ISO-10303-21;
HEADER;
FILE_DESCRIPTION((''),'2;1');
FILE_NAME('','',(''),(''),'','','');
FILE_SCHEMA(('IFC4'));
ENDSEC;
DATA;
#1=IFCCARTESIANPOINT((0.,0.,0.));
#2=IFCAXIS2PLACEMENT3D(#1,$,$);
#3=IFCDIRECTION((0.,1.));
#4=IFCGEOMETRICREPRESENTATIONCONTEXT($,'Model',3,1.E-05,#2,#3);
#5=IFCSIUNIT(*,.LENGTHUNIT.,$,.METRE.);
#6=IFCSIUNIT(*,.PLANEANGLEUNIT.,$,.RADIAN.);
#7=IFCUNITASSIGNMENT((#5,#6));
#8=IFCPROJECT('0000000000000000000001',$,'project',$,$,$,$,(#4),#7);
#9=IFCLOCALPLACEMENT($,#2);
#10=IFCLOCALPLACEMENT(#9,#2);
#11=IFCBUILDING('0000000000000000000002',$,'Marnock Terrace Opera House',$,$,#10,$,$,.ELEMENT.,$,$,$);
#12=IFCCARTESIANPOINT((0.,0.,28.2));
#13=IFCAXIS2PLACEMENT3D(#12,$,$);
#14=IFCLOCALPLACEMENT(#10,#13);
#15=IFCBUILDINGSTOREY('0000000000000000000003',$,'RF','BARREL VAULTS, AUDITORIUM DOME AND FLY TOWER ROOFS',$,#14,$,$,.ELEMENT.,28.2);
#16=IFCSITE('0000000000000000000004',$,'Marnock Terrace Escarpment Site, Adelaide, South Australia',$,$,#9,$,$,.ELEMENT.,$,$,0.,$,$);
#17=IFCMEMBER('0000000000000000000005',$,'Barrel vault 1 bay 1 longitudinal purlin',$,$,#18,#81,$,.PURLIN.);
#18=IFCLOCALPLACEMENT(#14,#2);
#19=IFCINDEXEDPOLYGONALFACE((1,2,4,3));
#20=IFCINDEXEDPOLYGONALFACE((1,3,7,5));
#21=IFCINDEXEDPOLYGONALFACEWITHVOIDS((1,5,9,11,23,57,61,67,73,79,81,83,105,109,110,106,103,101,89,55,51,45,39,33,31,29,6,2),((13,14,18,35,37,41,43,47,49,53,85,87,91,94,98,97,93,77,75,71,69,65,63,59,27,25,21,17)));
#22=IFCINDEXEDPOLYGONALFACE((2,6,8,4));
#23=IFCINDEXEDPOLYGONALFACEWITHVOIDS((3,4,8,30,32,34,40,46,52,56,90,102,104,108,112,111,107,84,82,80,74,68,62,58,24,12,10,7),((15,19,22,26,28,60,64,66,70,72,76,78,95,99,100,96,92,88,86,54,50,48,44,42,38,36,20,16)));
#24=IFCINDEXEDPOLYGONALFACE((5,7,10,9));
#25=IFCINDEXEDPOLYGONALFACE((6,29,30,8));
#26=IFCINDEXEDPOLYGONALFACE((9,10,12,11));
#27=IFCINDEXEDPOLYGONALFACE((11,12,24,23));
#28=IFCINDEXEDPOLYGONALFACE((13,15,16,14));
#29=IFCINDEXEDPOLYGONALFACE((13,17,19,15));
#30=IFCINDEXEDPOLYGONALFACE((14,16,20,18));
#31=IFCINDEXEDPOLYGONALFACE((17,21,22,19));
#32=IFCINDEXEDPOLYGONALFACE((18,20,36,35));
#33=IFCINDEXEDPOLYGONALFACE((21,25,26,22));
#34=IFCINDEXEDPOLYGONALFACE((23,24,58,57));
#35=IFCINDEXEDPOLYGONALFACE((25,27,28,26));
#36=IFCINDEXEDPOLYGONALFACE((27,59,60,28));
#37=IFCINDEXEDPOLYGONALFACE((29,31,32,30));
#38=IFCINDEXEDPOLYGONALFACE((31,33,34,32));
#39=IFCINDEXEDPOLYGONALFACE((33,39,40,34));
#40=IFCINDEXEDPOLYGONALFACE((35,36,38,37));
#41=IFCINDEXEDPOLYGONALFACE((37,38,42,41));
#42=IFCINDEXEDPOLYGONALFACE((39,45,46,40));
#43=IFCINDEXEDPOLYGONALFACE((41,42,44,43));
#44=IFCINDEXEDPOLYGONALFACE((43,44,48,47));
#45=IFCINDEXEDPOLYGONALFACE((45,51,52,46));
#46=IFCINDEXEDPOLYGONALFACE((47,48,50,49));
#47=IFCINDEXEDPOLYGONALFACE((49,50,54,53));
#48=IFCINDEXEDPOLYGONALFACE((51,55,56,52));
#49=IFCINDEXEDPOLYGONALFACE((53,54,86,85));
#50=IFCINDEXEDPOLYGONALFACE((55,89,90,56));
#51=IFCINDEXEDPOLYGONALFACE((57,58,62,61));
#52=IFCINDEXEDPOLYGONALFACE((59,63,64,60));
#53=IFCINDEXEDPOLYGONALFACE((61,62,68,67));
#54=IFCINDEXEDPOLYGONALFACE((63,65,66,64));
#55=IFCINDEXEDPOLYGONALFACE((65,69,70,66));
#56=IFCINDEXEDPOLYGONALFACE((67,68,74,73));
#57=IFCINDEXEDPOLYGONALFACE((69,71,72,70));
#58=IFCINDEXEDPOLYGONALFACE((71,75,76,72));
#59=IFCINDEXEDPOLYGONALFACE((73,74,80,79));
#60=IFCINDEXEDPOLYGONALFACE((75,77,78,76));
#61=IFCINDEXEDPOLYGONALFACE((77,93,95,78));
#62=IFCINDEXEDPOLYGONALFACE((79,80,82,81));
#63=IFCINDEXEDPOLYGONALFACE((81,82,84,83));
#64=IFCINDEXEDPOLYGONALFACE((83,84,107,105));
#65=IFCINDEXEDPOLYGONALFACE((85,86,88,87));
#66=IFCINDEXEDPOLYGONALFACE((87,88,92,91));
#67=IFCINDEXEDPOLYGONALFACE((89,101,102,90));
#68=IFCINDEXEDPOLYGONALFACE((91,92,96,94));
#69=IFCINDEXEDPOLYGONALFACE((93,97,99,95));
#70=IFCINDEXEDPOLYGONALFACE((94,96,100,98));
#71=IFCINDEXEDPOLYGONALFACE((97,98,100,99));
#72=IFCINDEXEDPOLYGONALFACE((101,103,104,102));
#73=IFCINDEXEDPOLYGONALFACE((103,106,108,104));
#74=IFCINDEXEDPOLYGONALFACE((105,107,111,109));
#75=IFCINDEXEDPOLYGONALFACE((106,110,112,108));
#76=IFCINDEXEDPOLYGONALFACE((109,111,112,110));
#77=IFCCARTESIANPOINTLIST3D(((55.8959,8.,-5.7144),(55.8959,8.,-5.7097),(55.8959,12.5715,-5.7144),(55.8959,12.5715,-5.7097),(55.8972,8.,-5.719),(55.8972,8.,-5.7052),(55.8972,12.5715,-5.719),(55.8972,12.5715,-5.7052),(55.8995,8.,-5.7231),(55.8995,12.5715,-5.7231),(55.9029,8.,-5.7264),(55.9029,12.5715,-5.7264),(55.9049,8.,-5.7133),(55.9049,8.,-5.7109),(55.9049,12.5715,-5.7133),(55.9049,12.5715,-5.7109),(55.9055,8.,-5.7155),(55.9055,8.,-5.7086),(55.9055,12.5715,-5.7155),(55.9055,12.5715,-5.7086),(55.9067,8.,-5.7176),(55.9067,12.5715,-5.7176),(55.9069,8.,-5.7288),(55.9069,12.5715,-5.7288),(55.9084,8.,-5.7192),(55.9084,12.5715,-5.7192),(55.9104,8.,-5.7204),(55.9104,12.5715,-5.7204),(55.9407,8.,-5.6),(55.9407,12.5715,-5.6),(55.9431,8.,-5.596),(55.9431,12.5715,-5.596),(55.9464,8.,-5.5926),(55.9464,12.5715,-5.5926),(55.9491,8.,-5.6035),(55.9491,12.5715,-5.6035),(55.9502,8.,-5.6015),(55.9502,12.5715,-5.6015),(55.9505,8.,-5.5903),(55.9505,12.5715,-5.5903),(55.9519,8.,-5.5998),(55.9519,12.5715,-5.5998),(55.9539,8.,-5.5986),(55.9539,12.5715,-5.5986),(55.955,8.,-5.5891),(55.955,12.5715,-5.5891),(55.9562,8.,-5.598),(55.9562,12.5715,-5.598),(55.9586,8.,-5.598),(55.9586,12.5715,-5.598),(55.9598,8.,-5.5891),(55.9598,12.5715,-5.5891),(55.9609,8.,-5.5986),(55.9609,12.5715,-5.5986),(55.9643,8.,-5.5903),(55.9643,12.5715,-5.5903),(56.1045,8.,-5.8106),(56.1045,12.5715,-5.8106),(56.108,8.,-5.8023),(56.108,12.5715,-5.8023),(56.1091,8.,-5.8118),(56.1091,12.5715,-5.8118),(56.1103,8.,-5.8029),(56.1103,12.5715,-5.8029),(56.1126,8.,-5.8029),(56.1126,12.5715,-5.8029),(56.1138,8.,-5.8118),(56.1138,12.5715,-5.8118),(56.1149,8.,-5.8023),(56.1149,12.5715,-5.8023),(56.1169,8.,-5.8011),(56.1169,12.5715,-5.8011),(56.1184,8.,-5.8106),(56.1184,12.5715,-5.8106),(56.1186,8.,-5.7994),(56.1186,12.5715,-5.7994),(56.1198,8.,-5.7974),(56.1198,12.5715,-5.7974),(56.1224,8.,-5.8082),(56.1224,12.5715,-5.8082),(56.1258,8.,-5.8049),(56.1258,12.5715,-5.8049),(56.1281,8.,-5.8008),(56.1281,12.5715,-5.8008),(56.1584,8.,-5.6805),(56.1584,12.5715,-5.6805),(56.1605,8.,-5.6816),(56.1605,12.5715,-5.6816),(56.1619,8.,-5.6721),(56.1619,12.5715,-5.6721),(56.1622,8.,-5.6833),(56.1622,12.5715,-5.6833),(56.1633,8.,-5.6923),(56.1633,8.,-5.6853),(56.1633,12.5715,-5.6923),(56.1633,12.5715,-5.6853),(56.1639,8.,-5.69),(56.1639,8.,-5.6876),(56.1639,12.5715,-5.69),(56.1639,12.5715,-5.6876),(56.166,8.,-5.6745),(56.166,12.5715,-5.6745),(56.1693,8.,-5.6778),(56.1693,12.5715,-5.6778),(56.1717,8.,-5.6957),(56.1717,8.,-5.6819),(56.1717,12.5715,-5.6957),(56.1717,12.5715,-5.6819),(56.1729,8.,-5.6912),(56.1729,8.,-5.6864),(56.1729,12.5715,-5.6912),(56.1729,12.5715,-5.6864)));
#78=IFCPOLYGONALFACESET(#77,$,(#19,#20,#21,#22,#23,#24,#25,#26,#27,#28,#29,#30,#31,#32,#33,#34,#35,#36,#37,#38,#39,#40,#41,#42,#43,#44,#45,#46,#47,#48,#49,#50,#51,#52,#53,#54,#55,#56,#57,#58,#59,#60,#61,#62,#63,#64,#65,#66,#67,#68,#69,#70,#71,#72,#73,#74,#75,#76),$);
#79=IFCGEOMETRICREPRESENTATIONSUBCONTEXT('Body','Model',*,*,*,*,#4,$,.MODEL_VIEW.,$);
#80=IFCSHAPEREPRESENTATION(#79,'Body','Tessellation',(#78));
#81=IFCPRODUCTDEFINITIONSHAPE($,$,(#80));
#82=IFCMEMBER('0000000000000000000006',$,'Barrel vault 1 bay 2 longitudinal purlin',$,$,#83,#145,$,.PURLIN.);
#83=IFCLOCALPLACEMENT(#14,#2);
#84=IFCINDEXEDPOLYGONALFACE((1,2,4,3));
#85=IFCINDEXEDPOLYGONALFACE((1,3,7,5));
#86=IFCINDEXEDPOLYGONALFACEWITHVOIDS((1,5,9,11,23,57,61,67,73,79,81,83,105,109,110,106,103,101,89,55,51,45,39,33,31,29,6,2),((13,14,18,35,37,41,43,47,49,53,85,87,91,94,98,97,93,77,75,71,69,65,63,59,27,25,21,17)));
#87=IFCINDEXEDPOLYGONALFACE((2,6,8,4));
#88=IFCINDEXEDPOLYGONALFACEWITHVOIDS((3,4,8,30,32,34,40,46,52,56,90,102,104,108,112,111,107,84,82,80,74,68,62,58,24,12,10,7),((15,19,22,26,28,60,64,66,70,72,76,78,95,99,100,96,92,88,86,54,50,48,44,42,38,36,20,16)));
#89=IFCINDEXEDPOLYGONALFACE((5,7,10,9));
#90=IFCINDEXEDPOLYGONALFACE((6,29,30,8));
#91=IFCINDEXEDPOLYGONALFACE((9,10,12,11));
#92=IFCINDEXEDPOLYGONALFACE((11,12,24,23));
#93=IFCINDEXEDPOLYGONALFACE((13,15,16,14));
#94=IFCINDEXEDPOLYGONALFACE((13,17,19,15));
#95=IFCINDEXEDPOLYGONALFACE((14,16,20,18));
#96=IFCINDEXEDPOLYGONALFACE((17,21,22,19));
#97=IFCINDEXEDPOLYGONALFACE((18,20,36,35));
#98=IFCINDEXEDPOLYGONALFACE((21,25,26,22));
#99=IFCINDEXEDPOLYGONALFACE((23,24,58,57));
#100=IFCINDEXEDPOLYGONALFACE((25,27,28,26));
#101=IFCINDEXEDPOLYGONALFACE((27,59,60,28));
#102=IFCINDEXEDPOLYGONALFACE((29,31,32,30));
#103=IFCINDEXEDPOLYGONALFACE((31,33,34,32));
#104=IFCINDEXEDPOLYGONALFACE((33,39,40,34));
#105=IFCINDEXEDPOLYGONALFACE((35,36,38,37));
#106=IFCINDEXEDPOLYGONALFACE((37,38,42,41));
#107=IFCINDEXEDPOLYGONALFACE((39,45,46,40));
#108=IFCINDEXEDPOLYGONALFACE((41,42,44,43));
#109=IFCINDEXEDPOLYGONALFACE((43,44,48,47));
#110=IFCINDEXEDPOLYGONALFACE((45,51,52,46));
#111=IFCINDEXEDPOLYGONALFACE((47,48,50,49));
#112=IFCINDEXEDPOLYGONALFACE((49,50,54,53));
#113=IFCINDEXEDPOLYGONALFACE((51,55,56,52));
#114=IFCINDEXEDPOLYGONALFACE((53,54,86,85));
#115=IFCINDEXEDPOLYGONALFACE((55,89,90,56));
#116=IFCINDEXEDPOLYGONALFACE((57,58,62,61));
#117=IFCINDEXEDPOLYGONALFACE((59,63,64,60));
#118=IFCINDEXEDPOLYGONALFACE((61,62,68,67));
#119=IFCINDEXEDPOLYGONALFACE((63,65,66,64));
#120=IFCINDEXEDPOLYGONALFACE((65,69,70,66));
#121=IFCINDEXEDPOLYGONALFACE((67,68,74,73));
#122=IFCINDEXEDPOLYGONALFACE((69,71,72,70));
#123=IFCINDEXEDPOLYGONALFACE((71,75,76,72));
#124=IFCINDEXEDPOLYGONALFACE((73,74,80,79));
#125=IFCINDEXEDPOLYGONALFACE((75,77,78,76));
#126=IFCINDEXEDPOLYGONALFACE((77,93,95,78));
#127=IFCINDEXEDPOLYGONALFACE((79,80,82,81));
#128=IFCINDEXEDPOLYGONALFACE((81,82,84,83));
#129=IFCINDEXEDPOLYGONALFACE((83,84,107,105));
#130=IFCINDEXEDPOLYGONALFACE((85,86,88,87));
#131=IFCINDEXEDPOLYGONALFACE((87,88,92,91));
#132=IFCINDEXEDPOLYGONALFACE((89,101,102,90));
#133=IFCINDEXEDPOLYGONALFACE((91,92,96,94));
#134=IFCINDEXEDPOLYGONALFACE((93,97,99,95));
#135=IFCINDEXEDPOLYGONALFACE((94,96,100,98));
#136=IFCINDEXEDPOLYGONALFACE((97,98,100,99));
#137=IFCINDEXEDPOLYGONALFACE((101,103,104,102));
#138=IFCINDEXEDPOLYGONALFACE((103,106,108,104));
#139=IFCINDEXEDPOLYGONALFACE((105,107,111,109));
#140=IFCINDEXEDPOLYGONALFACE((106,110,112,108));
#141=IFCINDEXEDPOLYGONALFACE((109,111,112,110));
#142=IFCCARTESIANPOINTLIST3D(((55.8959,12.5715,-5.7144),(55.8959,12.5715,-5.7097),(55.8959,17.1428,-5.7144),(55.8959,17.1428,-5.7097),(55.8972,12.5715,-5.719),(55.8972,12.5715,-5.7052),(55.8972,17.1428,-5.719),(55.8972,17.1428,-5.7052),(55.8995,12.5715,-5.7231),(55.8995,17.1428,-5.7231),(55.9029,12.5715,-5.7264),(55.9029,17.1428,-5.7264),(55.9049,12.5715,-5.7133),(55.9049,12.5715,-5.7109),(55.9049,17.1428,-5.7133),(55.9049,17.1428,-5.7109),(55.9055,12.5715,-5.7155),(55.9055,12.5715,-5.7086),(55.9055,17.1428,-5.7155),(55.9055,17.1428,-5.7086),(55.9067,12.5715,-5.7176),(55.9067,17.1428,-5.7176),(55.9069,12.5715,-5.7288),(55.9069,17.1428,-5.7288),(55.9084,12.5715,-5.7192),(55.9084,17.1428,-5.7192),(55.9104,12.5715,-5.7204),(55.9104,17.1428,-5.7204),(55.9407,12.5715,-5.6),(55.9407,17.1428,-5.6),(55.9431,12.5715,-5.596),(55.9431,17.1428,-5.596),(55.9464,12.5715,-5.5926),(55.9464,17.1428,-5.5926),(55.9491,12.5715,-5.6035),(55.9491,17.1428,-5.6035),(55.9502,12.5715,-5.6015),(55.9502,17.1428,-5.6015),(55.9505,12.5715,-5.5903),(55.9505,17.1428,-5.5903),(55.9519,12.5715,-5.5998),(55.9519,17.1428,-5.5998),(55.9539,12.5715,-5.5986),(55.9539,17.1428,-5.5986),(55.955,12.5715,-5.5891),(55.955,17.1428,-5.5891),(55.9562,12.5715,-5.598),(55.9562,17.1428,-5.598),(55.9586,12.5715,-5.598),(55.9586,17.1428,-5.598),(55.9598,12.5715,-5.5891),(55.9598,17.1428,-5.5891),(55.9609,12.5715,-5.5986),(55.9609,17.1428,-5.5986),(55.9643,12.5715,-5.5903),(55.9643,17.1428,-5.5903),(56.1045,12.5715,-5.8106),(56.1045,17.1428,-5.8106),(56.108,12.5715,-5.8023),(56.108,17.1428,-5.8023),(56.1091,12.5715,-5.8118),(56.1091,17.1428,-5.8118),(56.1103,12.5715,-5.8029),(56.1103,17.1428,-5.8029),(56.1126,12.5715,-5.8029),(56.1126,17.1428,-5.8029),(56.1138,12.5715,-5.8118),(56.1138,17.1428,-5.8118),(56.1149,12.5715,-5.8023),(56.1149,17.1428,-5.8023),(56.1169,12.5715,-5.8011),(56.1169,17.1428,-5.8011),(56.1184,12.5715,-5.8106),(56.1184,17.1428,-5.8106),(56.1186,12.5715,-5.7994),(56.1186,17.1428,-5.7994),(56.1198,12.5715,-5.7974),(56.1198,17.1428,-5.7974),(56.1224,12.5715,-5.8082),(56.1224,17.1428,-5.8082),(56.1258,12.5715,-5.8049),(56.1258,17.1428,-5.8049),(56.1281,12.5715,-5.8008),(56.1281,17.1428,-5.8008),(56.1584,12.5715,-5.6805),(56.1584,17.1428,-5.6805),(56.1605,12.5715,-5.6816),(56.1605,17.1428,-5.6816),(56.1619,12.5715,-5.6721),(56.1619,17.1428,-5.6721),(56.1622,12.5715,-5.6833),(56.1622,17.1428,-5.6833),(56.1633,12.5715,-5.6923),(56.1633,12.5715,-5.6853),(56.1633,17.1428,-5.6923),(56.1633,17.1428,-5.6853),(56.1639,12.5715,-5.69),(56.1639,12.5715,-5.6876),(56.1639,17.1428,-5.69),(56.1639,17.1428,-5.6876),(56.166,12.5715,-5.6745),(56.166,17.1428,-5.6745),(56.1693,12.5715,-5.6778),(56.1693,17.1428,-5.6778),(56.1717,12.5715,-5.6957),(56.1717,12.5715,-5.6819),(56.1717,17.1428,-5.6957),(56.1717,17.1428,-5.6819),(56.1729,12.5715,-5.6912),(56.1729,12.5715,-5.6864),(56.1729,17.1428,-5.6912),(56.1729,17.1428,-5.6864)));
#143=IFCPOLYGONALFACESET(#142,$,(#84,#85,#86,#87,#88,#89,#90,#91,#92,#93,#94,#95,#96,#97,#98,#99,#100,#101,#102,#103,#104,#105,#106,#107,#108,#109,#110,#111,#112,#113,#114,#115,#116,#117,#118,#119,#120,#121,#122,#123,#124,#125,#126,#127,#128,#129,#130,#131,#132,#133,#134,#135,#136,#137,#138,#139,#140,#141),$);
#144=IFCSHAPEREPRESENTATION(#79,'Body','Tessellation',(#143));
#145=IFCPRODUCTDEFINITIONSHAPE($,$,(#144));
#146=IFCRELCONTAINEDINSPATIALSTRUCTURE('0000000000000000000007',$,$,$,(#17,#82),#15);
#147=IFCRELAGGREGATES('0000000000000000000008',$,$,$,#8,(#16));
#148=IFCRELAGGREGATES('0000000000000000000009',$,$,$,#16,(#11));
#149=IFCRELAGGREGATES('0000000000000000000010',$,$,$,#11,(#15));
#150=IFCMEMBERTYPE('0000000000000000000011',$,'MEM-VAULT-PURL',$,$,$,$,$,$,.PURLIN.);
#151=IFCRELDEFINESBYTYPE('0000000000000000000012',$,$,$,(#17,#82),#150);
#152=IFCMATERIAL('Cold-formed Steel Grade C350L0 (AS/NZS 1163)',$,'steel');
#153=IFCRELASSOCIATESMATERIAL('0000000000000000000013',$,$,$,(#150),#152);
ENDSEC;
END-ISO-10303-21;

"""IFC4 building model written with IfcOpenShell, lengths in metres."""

from ifc_helpers import new_model, si_unit, direction, frame, origin, origin_2d, place, context, subcontext, project, spatial, hollow_rectangle, extrude, material, material_profile, profile_set, type_object, element, save


model = new_model("IFC4")

# Units and contexts
model_context = context("Model", 3, precision=1e-05, world=origin(), true_north=direction((0.0, 1.0)))
body_context = subcontext(model_context, "Body", "Model", "MODEL_VIEW")
ifc_project = project(units=[si_unit("LENGTHUNIT", "METRE"), si_unit("PLANEANGLEUNIT", "RADIAN")], contexts=[model_context])

# Site, building, storey
site_placement = place(None, origin())
site = spatial("IfcSite", under=ifc_project, at=site_placement, Name="Marnock Terrace Escarpment Site, Adelaide, South Australia", CompositionType="ELEMENT", RefElevation=0.0)
building_placement = place(site_placement, origin())
building = spatial("IfcBuilding", under=site, at=building_placement, Name="Marnock Terrace Opera House", CompositionType="ELEMENT")
storey_placement = place(building_placement, frame((0.0, 0.0, 28.2)))
storey = spatial("IfcBuildingStorey", under=building, at=storey_placement, Name="RF", Description="BARREL VAULTS, AUDITORIUM DOME AND FLY TOWER ROOFS", CompositionType="ELEMENT", Elevation=28.2)

# Members
ifc_material_1 = material(Name="Cold-formed Steel Grade C350L0 (AS/NZS 1163)", Category="steel")
ifc_material_profile_1 = material_profile(ifc_material_1, hollow_rectangle(XDim=0.1499, YDim=0.25, WallThickness=0.009, InnerFilletRadius=0.009, OuterFilletRadius=0.0181, at=origin_2d()))
ifc_profile_set_1 = profile_set([ifc_material_profile_1], Name="Cold-formed Steel Grade C350L0 (AS/NZS 1163)")
member_type_1 = type_object("IfcMemberType", Name="MEM-VAULT-PURL", PredefinedType="PURLIN", material=ifc_profile_set_1)
member_1_placement = place(storey_placement, frame((56.0344, 8.0, -5.7004), z_axis=(0.0, 1.0, 0.0), x_axis=(-0.382683, 0.0, -0.92388)))
element("IfcMember", 1, at=member_1_placement, inside=storey, type_object=member_type_1, Name="Barrel vault 1 bay 1 longitudinal purlin", PredefinedType="PURLIN", context=body_context, shape_type="SweptSolid", body=[
    extrude(hollow_rectangle(XDim=0.1499, YDim=0.25, WallThickness=0.009, InnerFilletRadius=0.009, OuterFilletRadius=0.0181, at=origin_2d()), origin(), (0.0, 0.0, 1.0), 4.5715),
])
member_2_placement = place(storey_placement, frame((56.0344, 12.5715, -5.7004), z_axis=(0.0, 1.0, 0.0), x_axis=(-0.382683, 0.0, -0.92388)))
element("IfcMember", 2, at=member_2_placement, inside=storey, type_object=member_type_1, Name="Barrel vault 1 bay 2 longitudinal purlin", PredefinedType="PURLIN", context=body_context, shape_type="SweptSolid", body=[
    extrude(hollow_rectangle(XDim=0.1499, YDim=0.25, WallThickness=0.009, InnerFilletRadius=0.009, OuterFilletRadius=0.0181, at=origin_2d()), origin(), (0.0, 0.0, 1.0), 4.5713),
])

save(model, "model.ifc")
